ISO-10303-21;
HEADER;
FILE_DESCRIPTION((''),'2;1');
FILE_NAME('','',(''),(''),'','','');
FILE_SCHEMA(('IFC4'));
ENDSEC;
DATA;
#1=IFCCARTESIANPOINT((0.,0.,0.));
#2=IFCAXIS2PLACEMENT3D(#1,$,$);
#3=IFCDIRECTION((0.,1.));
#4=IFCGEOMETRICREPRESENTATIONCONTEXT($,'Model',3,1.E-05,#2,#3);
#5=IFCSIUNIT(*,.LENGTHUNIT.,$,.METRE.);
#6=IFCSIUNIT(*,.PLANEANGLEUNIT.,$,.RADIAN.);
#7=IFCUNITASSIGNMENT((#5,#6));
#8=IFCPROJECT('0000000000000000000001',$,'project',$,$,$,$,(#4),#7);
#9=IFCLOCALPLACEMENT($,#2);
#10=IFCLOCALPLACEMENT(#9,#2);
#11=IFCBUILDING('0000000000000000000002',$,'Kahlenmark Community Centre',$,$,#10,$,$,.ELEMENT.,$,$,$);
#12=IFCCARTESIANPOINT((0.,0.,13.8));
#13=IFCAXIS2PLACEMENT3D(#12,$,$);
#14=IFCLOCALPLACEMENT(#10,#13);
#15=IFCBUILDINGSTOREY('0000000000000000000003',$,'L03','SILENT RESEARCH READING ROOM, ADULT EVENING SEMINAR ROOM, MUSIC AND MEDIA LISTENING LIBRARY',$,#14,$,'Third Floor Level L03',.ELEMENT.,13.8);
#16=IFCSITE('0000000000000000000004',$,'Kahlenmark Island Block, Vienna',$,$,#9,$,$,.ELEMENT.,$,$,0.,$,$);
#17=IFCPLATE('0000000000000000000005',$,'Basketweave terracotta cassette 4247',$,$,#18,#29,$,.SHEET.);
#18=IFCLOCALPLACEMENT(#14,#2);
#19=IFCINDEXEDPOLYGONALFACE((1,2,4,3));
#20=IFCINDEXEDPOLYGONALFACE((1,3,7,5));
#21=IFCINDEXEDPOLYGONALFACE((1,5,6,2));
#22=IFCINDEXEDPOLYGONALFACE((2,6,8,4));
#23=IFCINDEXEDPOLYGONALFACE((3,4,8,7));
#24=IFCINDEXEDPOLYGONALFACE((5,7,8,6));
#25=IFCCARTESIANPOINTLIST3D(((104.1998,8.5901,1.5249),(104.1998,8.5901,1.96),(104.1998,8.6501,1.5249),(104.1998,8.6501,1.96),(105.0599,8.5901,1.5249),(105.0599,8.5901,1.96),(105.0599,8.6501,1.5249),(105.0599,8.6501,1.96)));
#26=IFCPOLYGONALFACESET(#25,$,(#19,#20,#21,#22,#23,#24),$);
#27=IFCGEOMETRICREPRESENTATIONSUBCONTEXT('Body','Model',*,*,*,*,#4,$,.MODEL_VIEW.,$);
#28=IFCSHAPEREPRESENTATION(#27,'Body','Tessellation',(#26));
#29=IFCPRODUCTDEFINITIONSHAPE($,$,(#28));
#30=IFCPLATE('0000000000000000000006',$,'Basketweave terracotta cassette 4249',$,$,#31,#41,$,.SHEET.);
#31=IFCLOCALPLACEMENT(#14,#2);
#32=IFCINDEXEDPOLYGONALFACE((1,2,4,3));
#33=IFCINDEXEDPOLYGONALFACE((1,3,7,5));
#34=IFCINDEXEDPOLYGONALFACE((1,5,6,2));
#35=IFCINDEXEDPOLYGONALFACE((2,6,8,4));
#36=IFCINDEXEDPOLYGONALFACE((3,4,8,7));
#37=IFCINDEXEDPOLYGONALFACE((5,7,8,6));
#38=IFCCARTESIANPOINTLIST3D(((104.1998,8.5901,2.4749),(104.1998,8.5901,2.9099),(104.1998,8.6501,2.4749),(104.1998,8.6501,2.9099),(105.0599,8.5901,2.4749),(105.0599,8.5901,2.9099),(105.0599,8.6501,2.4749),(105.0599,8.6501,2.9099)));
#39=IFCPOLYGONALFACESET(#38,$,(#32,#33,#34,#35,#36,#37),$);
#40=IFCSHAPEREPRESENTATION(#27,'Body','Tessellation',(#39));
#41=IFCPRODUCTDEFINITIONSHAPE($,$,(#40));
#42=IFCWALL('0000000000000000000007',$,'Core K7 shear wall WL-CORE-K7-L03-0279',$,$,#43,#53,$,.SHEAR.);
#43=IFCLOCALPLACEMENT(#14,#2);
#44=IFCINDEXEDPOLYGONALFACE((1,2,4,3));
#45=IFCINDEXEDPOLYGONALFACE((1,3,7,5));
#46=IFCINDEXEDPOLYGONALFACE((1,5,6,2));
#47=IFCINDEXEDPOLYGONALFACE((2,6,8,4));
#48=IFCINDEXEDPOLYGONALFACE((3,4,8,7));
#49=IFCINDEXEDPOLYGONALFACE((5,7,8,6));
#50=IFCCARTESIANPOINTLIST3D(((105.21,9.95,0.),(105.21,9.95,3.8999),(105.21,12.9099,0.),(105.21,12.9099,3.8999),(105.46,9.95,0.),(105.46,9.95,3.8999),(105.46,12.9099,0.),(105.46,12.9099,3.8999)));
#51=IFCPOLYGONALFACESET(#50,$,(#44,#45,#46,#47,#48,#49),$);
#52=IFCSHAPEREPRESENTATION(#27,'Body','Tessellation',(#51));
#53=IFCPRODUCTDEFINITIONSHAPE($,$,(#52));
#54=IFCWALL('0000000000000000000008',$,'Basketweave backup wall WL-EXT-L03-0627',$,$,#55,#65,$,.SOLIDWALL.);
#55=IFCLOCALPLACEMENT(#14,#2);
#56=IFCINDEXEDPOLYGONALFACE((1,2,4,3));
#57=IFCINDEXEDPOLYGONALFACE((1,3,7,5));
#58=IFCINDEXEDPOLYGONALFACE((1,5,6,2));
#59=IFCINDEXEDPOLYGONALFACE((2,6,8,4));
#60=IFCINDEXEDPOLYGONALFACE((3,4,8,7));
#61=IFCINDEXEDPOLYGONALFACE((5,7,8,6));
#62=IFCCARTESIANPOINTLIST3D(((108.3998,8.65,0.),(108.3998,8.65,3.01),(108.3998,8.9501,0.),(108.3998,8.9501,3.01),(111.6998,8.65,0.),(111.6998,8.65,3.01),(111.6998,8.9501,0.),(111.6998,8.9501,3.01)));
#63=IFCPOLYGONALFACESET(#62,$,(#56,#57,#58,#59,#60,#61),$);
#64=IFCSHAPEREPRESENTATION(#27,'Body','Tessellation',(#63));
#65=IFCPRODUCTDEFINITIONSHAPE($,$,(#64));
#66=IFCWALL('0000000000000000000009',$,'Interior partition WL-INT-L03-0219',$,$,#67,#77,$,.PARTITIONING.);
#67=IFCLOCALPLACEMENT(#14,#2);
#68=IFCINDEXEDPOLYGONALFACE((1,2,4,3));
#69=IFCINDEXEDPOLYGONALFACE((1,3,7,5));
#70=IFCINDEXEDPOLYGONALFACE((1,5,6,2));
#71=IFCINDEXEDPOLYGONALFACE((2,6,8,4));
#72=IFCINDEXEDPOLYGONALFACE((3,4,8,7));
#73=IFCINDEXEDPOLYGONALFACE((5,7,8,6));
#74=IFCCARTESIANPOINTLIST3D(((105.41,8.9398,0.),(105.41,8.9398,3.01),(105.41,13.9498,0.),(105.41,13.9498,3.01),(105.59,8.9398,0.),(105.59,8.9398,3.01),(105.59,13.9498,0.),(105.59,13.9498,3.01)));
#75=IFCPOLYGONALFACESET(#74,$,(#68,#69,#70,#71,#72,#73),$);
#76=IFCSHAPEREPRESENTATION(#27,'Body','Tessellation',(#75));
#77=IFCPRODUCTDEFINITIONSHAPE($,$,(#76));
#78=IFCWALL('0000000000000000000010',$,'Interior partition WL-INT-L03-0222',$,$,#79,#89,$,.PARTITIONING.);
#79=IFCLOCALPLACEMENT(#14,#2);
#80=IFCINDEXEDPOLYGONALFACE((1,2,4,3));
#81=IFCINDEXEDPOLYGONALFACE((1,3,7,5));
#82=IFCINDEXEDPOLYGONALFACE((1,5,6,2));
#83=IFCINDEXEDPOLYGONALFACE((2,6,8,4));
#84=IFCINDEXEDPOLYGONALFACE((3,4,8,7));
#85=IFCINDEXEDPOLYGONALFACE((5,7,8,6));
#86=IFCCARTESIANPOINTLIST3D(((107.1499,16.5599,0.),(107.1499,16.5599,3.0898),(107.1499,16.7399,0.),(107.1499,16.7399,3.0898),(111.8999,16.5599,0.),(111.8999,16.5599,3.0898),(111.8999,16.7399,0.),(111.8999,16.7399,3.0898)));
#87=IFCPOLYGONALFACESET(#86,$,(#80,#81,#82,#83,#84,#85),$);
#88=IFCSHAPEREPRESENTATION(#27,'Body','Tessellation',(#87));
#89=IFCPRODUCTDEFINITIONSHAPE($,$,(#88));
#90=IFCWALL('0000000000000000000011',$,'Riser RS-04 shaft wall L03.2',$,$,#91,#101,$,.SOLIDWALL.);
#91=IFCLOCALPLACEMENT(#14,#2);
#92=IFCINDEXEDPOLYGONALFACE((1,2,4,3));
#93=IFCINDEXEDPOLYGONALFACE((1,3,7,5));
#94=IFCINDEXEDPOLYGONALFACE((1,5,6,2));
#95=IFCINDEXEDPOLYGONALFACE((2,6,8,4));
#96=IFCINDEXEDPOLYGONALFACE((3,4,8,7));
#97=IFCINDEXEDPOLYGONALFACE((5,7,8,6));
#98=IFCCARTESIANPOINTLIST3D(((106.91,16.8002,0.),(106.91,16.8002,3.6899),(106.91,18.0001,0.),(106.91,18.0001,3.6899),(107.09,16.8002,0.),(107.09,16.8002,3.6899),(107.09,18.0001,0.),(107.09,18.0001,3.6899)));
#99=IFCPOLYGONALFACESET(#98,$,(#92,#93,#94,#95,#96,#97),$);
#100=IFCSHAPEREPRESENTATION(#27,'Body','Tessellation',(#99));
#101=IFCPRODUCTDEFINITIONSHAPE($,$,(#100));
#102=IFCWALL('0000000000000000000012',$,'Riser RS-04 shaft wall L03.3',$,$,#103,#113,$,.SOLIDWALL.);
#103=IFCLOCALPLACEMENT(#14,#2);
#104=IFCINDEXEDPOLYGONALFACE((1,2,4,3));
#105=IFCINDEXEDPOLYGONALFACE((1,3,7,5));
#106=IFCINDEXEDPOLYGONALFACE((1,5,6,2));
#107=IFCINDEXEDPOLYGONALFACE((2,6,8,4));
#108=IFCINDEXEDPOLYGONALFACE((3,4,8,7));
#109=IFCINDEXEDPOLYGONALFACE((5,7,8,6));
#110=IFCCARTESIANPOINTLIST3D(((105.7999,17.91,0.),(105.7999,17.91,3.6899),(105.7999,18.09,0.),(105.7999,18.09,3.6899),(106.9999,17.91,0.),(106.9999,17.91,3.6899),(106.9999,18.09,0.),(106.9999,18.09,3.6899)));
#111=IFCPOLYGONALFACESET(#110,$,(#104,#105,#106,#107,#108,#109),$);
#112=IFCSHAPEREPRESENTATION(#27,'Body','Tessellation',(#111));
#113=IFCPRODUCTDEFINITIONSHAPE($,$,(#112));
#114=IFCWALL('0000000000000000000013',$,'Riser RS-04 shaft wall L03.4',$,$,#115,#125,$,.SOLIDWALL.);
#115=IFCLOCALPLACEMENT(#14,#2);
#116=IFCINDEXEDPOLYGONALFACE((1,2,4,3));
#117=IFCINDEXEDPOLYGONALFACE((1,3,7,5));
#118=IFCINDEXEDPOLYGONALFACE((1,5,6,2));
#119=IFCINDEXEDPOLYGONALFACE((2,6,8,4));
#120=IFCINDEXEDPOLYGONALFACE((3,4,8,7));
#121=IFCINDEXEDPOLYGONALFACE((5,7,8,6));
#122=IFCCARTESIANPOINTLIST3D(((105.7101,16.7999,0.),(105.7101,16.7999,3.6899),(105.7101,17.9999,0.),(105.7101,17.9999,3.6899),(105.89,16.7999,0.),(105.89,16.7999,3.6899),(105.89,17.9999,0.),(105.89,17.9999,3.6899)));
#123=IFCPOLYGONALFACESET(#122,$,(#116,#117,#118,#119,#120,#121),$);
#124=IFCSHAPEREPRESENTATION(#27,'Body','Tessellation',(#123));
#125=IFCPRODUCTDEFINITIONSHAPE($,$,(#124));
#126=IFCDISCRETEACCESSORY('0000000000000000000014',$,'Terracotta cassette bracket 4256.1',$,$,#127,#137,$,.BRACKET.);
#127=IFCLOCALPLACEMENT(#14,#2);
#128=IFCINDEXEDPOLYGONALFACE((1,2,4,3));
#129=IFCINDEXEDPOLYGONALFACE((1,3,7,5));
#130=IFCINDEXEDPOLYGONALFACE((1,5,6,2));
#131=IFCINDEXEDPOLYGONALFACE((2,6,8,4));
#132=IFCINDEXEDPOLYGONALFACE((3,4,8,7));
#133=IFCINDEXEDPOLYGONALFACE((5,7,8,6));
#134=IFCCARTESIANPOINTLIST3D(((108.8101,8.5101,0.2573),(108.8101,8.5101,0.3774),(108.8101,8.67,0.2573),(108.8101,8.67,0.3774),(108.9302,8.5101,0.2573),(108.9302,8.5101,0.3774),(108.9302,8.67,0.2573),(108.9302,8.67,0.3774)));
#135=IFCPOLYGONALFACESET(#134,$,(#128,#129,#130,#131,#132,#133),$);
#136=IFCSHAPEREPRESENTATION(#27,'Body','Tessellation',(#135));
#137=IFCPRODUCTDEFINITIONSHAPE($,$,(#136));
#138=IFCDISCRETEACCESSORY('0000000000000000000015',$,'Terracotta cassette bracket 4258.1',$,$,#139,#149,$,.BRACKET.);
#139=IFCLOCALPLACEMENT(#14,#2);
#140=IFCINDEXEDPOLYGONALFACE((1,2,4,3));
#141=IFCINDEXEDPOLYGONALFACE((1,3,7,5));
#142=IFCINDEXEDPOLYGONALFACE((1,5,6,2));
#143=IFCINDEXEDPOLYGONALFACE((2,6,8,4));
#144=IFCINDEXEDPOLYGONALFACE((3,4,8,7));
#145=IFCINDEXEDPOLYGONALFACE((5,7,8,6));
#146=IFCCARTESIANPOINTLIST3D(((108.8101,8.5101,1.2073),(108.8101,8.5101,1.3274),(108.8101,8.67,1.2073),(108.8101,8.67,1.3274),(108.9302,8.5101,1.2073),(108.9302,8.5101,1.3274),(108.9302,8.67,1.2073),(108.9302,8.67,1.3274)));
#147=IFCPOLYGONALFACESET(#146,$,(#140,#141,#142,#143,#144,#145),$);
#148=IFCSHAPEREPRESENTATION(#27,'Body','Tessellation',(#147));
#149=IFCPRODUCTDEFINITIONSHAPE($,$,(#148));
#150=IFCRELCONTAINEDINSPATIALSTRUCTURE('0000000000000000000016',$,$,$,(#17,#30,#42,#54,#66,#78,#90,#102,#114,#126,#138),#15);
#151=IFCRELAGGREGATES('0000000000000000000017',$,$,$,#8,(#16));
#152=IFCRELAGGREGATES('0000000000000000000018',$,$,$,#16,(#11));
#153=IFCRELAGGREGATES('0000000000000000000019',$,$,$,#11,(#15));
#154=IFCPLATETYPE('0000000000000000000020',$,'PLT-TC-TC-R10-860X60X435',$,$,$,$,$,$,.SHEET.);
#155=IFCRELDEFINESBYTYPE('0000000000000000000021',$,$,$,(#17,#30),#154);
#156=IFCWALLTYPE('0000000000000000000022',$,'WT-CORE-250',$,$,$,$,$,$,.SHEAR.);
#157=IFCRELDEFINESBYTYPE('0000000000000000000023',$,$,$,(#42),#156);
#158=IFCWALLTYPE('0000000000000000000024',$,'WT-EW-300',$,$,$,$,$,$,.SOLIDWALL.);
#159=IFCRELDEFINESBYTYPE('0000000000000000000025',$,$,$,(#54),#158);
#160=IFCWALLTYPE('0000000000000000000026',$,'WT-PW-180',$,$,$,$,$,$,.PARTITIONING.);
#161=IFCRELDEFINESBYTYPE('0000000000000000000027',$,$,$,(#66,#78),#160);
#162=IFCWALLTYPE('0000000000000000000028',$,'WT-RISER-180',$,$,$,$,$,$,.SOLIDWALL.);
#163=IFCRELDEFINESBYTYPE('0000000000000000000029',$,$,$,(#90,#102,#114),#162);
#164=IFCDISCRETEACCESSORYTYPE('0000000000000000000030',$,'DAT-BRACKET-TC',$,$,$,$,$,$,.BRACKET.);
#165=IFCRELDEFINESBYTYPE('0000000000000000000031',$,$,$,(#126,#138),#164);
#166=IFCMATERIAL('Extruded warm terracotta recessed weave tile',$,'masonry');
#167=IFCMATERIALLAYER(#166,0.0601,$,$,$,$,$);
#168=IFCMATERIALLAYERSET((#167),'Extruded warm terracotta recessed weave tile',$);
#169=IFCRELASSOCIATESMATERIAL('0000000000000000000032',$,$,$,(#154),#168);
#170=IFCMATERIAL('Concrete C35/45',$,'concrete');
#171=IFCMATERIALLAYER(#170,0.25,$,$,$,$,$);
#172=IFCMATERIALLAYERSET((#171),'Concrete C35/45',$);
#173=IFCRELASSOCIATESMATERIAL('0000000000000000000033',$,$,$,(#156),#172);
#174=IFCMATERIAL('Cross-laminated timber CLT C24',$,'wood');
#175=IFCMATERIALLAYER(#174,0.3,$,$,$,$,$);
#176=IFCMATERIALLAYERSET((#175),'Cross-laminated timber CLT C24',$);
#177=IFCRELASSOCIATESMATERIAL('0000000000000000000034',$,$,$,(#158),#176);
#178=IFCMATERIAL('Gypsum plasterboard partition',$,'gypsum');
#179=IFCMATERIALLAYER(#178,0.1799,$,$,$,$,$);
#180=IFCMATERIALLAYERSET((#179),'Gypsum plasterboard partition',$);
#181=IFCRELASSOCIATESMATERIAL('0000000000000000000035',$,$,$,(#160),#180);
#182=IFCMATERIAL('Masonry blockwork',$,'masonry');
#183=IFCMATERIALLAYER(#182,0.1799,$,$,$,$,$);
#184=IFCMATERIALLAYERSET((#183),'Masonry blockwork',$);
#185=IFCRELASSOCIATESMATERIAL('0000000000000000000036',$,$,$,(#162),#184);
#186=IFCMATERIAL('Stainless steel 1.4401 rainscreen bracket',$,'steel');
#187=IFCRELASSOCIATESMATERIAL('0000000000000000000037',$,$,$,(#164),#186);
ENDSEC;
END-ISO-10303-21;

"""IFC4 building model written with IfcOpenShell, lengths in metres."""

from ifc_helpers import new_model, si_unit, direction, frame, frame_2d, origin, origin_2d, place, context, subcontext, project, spatial, rectangle, extrude, material, layer, layer_set, type_object, element, save


model = new_model("IFC4")

# Units and contexts
model_context = context("Model", 3, precision=1e-05, world=origin(), true_north=direction((0.0, 1.0)))
body_context = subcontext(model_context, "Body", "Model", "MODEL_VIEW")
ifc_project = project(units=[si_unit("LENGTHUNIT", "METRE"), si_unit("PLANEANGLEUNIT", "RADIAN")], contexts=[model_context])

# Site, building, storey
site_placement = place(None, origin())
site = spatial("IfcSite", under=ifc_project, at=site_placement, Name="Kahlenmark Island Block, Vienna", CompositionType="ELEMENT", RefElevation=0.0)
building_placement = place(site_placement, origin())
building = spatial("IfcBuilding", under=site, at=building_placement, Name="Kahlenmark Community Centre", CompositionType="ELEMENT")
storey_placement = place(building_placement, frame((0.0, 0.0, 13.8)))
storey = spatial("IfcBuildingStorey", under=building, at=storey_placement, Name="L03", Description="SILENT RESEARCH READING ROOM, ADULT EVENING SEMINAR ROOM, MUSIC AND MEDIA LISTENING LIBRARY", LongName="Third Floor Level L03", CompositionType="ELEMENT", Elevation=13.8)

# Plates
ifc_material_1 = material(Name="Extruded warm terracotta recessed weave tile", Category="masonry")
ifc_layer_1 = layer(ifc_material_1, 0.0601)
ifc_layer_set_1 = layer_set([ifc_layer_1], Name="Extruded warm terracotta recessed weave tile")
plate_type_1 = type_object("IfcPlateType", Name="PLT-TC-TC-R10-860X60X435", PredefinedType="SHEET", material=ifc_layer_set_1)
for number, where, z_axis, x_axis, name in (
    (1, (104.6299, 8.6201, 1.5249), (0.0, 0.0, 1.0), (1.0, 0.0, 0.0), "Basketweave terracotta cassette 4247"),
    (2, (104.6299, 8.6201, 2.4749), (0.0, 0.0, 1.0), (1.0, 0.0, 0.0), "Basketweave terracotta cassette 4249"),
):
    element("IfcPlate", number, at=place(storey_placement, frame(where, z_axis=z_axis, x_axis=x_axis)), inside=storey, type_object=plate_type_1, Name=name, PredefinedType="SHEET", context=body_context, shape_type="SweptSolid", body=[
        extrude(rectangle(XDim=0.8601, YDim=0.0601, at=origin_2d()), origin(), (0.0, 0.0, 1.0), 0.4351),
    ])

# Walls
ifc_material_2 = material(Name="Concrete C35/45", Category="concrete")
ifc_layer_2 = layer(ifc_material_2, 0.25)
ifc_layer_set_2 = layer_set([ifc_layer_2], Name="Concrete C35/45")
wall_type_1 = type_object("IfcWallType", Name="WT-CORE-250", PredefinedType="SHEAR", material=ifc_layer_set_2)
wall_1_placement = place(storey_placement, frame((105.335, 9.95, 0.0), z_axis=(0.0, 0.0, 1.0), x_axis=(0.0, 1.0, 0.0)))
element("IfcWall", 3, at=wall_1_placement, inside=storey, type_object=wall_type_1, Name="Core K7 shear wall WL-CORE-K7-L03-0279", PredefinedType="SHEAR", context=body_context, shape_type="SweptSolid", body=[
    extrude(rectangle(XDim=2.96, YDim=0.25, at=frame_2d((1.48, 0.0))), origin(), (0.0, 0.0, 1.0), 3.8999),
])
ifc_material_3 = material(Name="Cross-laminated timber CLT C24", Category="wood")
ifc_layer_3 = layer(ifc_material_3, 0.3)
ifc_layer_set_3 = layer_set([ifc_layer_3], Name="Cross-laminated timber CLT C24")
wall_type_2 = type_object("IfcWallType", Name="WT-EW-300", PredefinedType="SOLIDWALL", material=ifc_layer_set_3)
wall_2_placement = place(storey_placement, frame((108.3999, 8.8, 0.0), z_axis=(0.0, 0.0, 1.0), x_axis=(1.0, 0.0, 0.0)))
element("IfcWall", 4, at=wall_2_placement, inside=storey, type_object=wall_type_2, Name="Basketweave backup wall WL-EXT-L03-0627", PredefinedType="SOLIDWALL", context=body_context, shape_type="SweptSolid", body=[
    extrude(rectangle(XDim=3.3, YDim=0.3, at=frame_2d((1.6499, 0.0))), origin(), (0.0, 0.0, 1.0), 3.01),
])
ifc_material_4 = material(Name="Gypsum plasterboard partition", Category="gypsum")
ifc_layer_4 = layer(ifc_material_4, 0.1799)
ifc_layer_set_4 = layer_set([ifc_layer_4], Name="Gypsum plasterboard partition")
wall_type_3 = type_object("IfcWallType", Name="WT-PW-180", PredefinedType="PARTITIONING", material=ifc_layer_set_4)
wall_3_placement = place(storey_placement, frame((105.5, 8.9399, 0.0), z_axis=(0.0, 0.0, 1.0), x_axis=(0.0, 1.0, 0.0)))
element("IfcWall", 5, at=wall_3_placement, inside=storey, type_object=wall_type_3, Name="Interior partition WL-INT-L03-0219", PredefinedType="PARTITIONING", context=body_context, shape_type="SweptSolid", body=[
    extrude(rectangle(XDim=5.01, YDim=0.1799, at=frame_2d((2.5049, 0.0))), origin(), (0.0, 0.0, 1.0), 3.01),
])

# Wall
wall_4_placement = place(storey_placement, frame((107.1499, 16.6499, 0.0), z_axis=(0.0, 0.0, 1.0), x_axis=(1.0, 0.0, 0.0)))
element("IfcWall", 6, at=wall_4_placement, inside=storey, type_object=wall_type_3, Name="Interior partition WL-INT-L03-0222", PredefinedType="PARTITIONING", context=body_context, shape_type="SweptSolid", body=[
    extrude(rectangle(XDim=4.75, YDim=0.1799, at=frame_2d((2.375, 0.0))), origin(), (0.0, 0.0, 1.0), 3.0898),
])

# Shared definitions
ifc_material_5 = material(Name="Masonry blockwork", Category="masonry")
ifc_layer_5 = layer(ifc_material_5, 0.1799)
ifc_layer_set_5 = layer_set([ifc_layer_5], Name="Masonry blockwork")
wall_type_4 = type_object("IfcWallType", Name="WT-RISER-180", PredefinedType="SOLIDWALL", material=ifc_layer_set_5)

# Walls
for number, where, z_axis, x_axis, name in (
    (7, (107.0, 16.8, 0.0), (0.0, 0.0, 1.0), (0.0, 1.0, 0.0), "Riser RS-04 shaft wall L03.2"),
    (8, (107.0, 18.0, 0.0), (0.0, 0.0, 1.0), (-1.0, 0.0, 0.0), "Riser RS-04 shaft wall L03.3"),
    (9, (105.8, 18.0, 0.0), (0.0, 0.0, 1.0), (0.0, -1.0, 0.0), "Riser RS-04 shaft wall L03.4"),
):
    element("IfcWall", number, at=place(storey_placement, frame(where, z_axis=z_axis, x_axis=x_axis)), inside=storey, type_object=wall_type_4, Name=name, PredefinedType="SOLIDWALL", context=body_context, shape_type="SweptSolid", body=[
        extrude(rectangle(XDim=1.2, YDim=0.1799, at=frame_2d((0.6001, 0.0))), origin(), (0.0, 0.0, 1.0), 3.6899),
    ])

# Discrete accessories
ifc_material_6 = material(Name="Stainless steel 1.4401 rainscreen bracket", Category="steel")
discrete_accessory_type = type_object("IfcDiscreteAccessoryType", Name="DAT-BRACKET-TC", PredefinedType="BRACKET", material=ifc_material_6)
for number, where, z_axis, x_axis, name in (
    (10, (108.8701, 8.5901, 0.2573), (0.0, 0.0, 1.0), (1.0, 0.0, 0.0), "Terracotta cassette bracket 4256.1"),
    (11, (108.8701, 8.5901, 1.2073), (0.0, 0.0, 1.0), (1.0, 0.0, 0.0), "Terracotta cassette bracket 4258.1"),
):
    element("IfcDiscreteAccessory", number, at=place(storey_placement, frame(where, z_axis=z_axis, x_axis=x_axis)), inside=storey, type_object=discrete_accessory_type, Name=name, PredefinedType="BRACKET", context=body_context, shape_type="SweptSolid", body=[
        extrude(rectangle(XDim=0.1201, YDim=0.1599, at=origin_2d()), origin(), (0.0, 0.0, 1.0), 0.1201),
    ])

save(model, "model.ifc")
